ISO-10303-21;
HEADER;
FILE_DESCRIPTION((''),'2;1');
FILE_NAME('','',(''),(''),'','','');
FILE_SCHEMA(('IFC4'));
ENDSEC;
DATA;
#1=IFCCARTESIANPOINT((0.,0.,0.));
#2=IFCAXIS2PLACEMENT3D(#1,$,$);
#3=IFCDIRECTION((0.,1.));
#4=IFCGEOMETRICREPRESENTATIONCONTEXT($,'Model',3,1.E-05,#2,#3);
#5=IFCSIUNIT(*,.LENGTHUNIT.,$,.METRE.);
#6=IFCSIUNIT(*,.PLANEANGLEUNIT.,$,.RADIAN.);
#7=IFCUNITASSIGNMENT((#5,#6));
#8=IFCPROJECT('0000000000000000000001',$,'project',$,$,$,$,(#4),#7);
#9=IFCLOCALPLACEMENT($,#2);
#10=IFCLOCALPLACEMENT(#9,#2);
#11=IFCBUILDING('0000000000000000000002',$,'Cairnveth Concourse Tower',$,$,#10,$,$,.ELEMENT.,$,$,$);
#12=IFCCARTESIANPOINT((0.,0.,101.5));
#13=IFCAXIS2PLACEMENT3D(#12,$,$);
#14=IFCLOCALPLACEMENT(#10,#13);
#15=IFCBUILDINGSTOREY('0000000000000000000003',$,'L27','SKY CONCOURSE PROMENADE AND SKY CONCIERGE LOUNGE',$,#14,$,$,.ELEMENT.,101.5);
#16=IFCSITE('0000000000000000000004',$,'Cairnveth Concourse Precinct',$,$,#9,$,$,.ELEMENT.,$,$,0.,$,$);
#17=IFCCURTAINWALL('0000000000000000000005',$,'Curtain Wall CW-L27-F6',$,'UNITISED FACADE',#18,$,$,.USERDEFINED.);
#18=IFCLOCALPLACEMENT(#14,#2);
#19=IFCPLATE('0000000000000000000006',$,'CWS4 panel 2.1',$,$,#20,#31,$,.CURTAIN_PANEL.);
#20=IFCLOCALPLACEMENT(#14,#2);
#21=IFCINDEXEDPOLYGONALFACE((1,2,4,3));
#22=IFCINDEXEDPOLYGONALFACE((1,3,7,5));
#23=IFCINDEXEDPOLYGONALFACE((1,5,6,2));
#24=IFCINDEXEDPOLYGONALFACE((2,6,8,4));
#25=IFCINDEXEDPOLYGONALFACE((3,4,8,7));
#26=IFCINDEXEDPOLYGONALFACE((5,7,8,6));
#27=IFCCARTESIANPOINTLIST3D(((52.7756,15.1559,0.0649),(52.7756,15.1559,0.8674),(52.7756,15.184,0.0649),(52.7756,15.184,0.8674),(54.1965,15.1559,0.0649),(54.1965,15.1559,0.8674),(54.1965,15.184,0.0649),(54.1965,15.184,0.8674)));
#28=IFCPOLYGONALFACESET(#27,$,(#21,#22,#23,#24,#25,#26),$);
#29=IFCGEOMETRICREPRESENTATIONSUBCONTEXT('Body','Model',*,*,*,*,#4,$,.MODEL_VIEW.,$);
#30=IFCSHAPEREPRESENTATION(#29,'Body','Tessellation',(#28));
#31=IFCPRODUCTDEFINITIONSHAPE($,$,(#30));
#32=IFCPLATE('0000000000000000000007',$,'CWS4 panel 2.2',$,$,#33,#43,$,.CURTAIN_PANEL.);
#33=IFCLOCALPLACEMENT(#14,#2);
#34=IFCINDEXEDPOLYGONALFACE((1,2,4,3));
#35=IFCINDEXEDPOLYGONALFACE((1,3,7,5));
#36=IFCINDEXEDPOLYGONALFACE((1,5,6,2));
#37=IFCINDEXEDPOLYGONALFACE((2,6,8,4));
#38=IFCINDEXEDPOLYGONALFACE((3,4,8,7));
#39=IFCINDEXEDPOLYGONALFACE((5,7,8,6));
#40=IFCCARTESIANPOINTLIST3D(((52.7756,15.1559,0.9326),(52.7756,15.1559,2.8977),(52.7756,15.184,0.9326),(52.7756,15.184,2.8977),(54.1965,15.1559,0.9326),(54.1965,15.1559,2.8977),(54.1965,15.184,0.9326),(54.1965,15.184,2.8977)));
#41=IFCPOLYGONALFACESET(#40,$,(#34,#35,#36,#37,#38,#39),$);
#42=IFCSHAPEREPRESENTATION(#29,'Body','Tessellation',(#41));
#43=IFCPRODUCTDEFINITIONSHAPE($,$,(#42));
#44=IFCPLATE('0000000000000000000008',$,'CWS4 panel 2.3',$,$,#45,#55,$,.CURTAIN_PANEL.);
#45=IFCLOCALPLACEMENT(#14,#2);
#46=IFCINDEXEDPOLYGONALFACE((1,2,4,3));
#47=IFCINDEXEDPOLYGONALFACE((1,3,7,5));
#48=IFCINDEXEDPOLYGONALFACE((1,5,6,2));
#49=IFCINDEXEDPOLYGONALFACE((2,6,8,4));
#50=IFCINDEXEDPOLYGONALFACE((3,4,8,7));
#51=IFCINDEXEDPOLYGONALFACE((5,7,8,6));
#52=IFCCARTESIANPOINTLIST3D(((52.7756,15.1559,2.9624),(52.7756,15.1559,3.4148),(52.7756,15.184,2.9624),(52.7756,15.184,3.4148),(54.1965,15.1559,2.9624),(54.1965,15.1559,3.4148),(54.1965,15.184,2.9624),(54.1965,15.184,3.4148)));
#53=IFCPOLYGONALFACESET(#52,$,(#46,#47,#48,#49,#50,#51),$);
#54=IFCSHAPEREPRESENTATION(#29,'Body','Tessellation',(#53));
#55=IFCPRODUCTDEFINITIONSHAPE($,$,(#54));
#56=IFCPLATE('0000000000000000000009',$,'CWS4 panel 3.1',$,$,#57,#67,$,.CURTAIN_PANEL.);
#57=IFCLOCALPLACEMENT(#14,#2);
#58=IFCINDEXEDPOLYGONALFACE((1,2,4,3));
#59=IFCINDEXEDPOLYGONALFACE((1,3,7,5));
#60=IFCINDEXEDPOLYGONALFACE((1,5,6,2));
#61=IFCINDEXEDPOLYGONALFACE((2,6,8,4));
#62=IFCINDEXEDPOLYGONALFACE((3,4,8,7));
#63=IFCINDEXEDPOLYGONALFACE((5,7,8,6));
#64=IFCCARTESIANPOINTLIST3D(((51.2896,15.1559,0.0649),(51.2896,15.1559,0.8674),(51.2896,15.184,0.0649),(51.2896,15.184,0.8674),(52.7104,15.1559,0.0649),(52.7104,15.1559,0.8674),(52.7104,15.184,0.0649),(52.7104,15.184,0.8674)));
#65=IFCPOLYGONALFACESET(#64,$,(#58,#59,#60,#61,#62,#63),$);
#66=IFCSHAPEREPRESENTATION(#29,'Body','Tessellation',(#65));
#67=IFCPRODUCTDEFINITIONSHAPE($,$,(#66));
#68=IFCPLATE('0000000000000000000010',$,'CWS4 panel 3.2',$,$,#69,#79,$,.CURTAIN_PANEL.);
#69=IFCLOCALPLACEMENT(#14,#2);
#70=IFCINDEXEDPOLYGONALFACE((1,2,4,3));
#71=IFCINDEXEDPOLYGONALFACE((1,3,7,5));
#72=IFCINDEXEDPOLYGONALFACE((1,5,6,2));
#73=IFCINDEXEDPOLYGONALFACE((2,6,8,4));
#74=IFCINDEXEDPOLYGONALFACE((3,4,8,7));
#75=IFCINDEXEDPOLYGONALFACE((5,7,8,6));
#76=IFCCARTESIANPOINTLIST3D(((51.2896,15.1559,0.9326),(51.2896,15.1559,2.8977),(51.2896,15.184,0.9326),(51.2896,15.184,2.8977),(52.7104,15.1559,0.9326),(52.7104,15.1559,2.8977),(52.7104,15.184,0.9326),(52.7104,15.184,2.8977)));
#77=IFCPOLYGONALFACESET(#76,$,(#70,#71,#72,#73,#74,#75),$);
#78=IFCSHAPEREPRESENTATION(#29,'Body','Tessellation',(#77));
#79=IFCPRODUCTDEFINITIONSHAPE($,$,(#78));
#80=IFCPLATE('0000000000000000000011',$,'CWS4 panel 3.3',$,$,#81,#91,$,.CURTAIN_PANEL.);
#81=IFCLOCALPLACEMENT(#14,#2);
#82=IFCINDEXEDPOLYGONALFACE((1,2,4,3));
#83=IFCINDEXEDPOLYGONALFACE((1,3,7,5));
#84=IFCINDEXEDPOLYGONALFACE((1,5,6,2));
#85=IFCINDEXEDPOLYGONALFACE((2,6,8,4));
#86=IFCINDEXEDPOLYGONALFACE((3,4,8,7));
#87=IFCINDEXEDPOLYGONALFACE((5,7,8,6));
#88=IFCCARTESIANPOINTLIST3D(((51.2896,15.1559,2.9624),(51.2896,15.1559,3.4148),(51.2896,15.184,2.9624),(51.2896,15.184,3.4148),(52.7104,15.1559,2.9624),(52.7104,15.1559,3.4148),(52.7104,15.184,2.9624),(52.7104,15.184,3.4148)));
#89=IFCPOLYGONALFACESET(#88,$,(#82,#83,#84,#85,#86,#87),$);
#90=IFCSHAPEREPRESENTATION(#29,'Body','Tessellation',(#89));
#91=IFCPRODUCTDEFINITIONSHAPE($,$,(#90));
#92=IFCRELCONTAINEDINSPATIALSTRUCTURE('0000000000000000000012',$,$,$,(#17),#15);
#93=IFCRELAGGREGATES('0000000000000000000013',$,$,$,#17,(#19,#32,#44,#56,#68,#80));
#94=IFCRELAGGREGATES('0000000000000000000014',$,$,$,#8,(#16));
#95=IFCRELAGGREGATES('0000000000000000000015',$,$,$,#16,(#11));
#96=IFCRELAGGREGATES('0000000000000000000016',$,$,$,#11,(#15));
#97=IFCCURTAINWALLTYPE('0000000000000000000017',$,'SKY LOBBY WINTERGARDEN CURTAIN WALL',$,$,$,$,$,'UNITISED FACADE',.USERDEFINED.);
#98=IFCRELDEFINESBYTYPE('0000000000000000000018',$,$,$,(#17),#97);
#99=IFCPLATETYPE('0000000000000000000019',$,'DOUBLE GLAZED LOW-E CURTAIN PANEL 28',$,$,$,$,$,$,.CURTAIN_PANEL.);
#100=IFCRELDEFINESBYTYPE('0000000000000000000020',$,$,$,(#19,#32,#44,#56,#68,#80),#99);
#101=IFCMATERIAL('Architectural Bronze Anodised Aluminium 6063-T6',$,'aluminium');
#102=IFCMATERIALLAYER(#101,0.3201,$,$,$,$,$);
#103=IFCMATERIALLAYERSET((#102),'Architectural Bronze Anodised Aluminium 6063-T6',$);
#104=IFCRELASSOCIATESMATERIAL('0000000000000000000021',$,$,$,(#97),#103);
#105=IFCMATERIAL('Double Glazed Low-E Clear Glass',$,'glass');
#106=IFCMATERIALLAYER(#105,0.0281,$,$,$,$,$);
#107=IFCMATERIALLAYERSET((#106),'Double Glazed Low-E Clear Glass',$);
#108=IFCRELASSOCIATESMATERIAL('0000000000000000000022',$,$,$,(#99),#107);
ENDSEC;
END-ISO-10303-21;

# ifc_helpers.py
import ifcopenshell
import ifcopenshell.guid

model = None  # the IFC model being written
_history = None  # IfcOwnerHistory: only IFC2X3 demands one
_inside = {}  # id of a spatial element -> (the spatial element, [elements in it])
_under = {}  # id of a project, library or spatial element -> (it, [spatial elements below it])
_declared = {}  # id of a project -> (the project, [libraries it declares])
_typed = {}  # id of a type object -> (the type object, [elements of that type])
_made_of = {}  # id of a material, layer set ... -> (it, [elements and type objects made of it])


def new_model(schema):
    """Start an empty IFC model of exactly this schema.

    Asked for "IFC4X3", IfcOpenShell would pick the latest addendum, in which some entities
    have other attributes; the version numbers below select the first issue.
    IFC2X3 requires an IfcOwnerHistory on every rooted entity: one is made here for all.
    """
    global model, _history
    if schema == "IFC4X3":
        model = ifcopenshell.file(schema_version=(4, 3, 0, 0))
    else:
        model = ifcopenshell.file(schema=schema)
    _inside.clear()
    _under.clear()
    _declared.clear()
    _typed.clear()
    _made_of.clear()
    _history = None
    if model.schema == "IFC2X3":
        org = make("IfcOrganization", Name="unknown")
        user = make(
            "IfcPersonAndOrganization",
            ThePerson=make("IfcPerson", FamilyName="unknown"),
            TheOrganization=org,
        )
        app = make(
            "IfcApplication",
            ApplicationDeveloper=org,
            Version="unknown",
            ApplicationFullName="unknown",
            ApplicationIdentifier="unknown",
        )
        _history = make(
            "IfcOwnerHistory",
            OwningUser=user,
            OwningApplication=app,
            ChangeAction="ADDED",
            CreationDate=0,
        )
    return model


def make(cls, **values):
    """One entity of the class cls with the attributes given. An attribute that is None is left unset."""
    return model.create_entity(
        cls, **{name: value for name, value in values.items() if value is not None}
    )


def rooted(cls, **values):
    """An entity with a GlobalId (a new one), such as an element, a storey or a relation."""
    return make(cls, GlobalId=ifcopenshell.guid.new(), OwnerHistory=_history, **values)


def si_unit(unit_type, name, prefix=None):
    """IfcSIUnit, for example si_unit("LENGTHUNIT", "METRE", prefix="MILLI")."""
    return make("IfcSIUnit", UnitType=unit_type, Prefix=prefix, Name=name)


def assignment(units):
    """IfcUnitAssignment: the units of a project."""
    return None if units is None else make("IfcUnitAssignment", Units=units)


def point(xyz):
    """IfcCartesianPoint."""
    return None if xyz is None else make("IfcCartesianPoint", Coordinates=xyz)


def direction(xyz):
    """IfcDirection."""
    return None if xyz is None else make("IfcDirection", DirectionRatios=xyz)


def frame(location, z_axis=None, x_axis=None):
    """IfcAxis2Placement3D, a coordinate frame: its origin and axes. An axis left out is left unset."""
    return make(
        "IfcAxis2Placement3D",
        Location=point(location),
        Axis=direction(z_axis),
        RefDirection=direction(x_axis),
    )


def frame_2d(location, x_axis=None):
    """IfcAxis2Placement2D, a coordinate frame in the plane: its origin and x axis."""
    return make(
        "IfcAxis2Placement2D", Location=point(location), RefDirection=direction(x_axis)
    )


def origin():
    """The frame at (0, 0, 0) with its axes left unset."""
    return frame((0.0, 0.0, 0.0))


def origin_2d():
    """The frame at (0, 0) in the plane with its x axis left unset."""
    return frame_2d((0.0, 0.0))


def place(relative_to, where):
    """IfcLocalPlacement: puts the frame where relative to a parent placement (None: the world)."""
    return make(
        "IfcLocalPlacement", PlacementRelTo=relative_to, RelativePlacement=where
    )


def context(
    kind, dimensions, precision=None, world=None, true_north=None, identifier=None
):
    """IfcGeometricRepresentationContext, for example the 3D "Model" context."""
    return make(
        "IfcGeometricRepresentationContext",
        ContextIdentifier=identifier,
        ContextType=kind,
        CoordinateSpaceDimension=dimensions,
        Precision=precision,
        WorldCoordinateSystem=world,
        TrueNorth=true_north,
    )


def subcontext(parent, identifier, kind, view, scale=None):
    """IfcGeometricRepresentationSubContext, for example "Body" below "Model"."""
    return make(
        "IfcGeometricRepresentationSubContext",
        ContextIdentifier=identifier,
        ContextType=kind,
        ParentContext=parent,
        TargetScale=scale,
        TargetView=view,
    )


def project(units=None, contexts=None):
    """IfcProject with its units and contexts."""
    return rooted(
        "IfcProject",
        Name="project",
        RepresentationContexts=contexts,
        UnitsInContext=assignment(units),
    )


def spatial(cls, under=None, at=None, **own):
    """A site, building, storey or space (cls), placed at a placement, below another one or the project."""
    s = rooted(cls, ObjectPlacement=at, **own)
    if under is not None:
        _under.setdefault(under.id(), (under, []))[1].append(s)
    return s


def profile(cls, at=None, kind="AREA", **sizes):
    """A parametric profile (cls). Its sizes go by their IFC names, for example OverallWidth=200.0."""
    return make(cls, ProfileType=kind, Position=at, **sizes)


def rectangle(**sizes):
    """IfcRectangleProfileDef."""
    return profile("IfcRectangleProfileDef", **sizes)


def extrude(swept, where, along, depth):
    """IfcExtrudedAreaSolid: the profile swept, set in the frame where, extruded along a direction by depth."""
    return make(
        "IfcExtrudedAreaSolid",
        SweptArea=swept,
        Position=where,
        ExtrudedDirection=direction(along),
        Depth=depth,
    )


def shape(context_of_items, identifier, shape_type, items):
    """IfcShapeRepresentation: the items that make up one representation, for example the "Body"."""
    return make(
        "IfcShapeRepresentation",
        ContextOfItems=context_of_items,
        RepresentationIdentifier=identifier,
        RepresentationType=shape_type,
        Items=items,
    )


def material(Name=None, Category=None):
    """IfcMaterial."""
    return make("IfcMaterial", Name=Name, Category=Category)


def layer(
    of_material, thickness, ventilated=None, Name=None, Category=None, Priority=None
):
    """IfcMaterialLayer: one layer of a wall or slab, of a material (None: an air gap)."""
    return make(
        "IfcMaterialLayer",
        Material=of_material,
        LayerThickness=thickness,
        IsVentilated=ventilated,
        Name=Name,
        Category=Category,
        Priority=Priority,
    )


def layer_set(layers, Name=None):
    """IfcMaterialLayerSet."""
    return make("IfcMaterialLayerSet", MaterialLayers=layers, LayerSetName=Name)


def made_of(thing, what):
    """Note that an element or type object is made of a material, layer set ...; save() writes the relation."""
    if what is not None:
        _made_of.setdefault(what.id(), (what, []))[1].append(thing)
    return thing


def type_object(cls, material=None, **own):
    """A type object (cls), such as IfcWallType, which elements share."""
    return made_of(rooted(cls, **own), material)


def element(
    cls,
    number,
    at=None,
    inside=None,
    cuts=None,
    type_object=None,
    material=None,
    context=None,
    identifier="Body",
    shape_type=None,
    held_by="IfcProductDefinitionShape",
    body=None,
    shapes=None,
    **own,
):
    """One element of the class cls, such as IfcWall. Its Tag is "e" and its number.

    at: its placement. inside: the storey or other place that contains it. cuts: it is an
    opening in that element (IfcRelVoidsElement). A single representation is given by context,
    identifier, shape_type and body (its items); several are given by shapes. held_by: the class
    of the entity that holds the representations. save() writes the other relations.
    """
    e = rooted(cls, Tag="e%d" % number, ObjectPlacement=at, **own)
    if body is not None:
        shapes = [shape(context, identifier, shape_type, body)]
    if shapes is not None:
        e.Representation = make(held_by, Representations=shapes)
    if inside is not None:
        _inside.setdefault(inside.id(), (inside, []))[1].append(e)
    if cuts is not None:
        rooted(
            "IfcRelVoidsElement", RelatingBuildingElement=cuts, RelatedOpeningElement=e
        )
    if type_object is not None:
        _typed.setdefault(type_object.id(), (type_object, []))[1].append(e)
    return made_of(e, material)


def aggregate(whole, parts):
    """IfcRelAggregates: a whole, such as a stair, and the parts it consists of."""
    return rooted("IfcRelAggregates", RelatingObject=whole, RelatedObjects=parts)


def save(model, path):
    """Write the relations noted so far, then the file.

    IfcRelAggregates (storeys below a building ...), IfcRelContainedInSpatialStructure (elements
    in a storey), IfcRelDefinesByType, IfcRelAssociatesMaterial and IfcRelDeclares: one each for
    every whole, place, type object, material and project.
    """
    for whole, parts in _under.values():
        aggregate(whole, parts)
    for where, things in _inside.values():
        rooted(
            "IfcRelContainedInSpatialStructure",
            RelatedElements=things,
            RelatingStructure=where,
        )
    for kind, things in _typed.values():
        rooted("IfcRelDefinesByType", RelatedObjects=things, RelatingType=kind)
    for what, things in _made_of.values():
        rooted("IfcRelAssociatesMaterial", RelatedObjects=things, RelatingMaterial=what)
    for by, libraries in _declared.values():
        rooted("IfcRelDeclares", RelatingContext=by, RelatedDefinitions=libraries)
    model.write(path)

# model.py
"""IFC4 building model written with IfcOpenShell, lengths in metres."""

from ifc_helpers import new_model, si_unit, direction, frame, origin, origin_2d, place, context, subcontext, project, spatial, rectangle, extrude, material, layer, layer_set, type_object, element, aggregate, save


model = new_model("IFC4")

# Units and contexts
model_context = context("Model", 3, precision=1e-05, world=origin(), true_north=direction((0.0, 1.0)))
body_context = subcontext(model_context, "Body", "Model", "MODEL_VIEW")
ifc_project = project(units=[si_unit("LENGTHUNIT", "METRE"), si_unit("PLANEANGLEUNIT", "RADIAN")], contexts=[model_context])

# Site, building, storey
site_placement = place(None, origin())
site = spatial("IfcSite", under=ifc_project, at=site_placement, Name="Cairnveth Concourse Precinct", CompositionType="ELEMENT", RefElevation=0.0)
building_placement = place(site_placement, origin())
building = spatial("IfcBuilding", under=site, at=building_placement, Name="Cairnveth Concourse Tower", CompositionType="ELEMENT")
storey_placement = place(building_placement, frame((0.0, 0.0, 101.5)))
storey = spatial("IfcBuildingStorey", under=building, at=storey_placement, Name="L27", Description="SKY CONCOURSE PROMENADE AND SKY CONCIERGE LOUNGE", CompositionType="ELEMENT", Elevation=101.5)

# Curtain wall, plates
ifc_material_1 = material(Name="Architectural Bronze Anodised Aluminium 6063-T6", Category="aluminium")
ifc_layer_1 = layer(ifc_material_1, 0.3201)
ifc_layer_set_1 = layer_set([ifc_layer_1], Name="Architectural Bronze Anodised Aluminium 6063-T6")
curtain_wall_type = type_object("IfcCurtainWallType", Name="SKY LOBBY WINTERGARDEN CURTAIN WALL", ElementType="UNITISED FACADE", PredefinedType="USERDEFINED", material=ifc_layer_set_1)
curtain_wall_placement = place(storey_placement, origin())
curtain_wall = element("IfcCurtainWall", 1, at=curtain_wall_placement, inside=storey, type_object=curtain_wall_type, Name="Curtain Wall CW-L27-F6", ObjectType="UNITISED FACADE", PredefinedType="USERDEFINED")
ifc_material_2 = material(Name="Double Glazed Low-E Clear Glass", Category="glass")
ifc_layer_2 = layer(ifc_material_2, 0.0281)
ifc_layer_set_2 = layer_set([ifc_layer_2], Name="Double Glazed Low-E Clear Glass")
plate_type = type_object("IfcPlateType", Name="DOUBLE GLAZED LOW-E CURTAIN PANEL 28", PredefinedType="CURTAIN_PANEL", material=ifc_layer_set_2)
plate_1_placement = place(storey_placement, frame((53.4861, 15.1699, 0.0649), z_axis=(0.0, 0.0, 1.0), x_axis=(-1.0, 0.0, 0.0)))
plate_1 = element("IfcPlate", 2, at=plate_1_placement, type_object=plate_type, Name="CWS4 panel 2.1", PredefinedType="CURTAIN_PANEL", context=body_context, shape_type="SweptSolid", body=[
    extrude(rectangle(XDim=1.4209, YDim=0.0281, at=origin_2d()), origin(), (0.0, 0.0, 1.0), 0.8025),
])
plate_2_placement = place(storey_placement, frame((53.4861, 15.1699, 0.9326), z_axis=(0.0, 0.0, 1.0), x_axis=(-1.0, 0.0, 0.0)))
plate_2 = element("IfcPlate", 3, at=plate_2_placement, type_object=plate_type, Name="CWS4 panel 2.2", PredefinedType="CURTAIN_PANEL", context=body_context, shape_type="SweptSolid", body=[
    extrude(rectangle(XDim=1.4209, YDim=0.0281, at=origin_2d()), origin(), (0.0, 0.0, 1.0), 1.9651),
])
plate_3_placement = place(storey_placement, frame((53.4861, 15.1699, 2.9624), z_axis=(0.0, 0.0, 1.0), x_axis=(-1.0, 0.0, 0.0)))
plate_3 = element("IfcPlate", 4, at=plate_3_placement, type_object=plate_type, Name="CWS4 panel 2.3", PredefinedType="CURTAIN_PANEL", context=body_context, shape_type="SweptSolid", body=[
    extrude(rectangle(XDim=1.4209, YDim=0.0281, at=origin_2d()), origin(), (0.0, 0.0, 1.0), 0.4524),
])
plate_4_placement = place(storey_placement, frame((52.0, 15.1699, 0.0649), z_axis=(0.0, 0.0, 1.0), x_axis=(-1.0, 0.0, 0.0)))
plate_4 = element("IfcPlate", 5, at=plate_4_placement, type_object=plate_type, Name="CWS4 panel 3.1", PredefinedType="CURTAIN_PANEL", context=body_context, shape_type="SweptSolid", body=[
    extrude(rectangle(XDim=1.4209, YDim=0.0281, at=origin_2d()), origin(), (0.0, 0.0, 1.0), 0.8025),
])
plate_5_placement = place(storey_placement, frame((52.0, 15.1699, 0.9326), z_axis=(0.0, 0.0, 1.0), x_axis=(-1.0, 0.0, 0.0)))
plate_5 = element("IfcPlate", 6, at=plate_5_placement, type_object=plate_type, Name="CWS4 panel 3.2", PredefinedType="CURTAIN_PANEL", context=body_context, shape_type="SweptSolid", body=[
    extrude(rectangle(XDim=1.4209, YDim=0.0281, at=origin_2d()), origin(), (0.0, 0.0, 1.0), 1.9651),
])
plate_6_placement = place(storey_placement, frame((52.0, 15.1699, 2.9624), z_axis=(0.0, 0.0, 1.0), x_axis=(-1.0, 0.0, 0.0)))
plate_6 = element("IfcPlate", 7, at=plate_6_placement, type_object=plate_type, Name="CWS4 panel 3.3", PredefinedType="CURTAIN_PANEL", context=body_context, shape_type="SweptSolid", body=[
    extrude(rectangle(XDim=1.4209, YDim=0.0281, at=origin_2d()), origin(), (0.0, 0.0, 1.0), 0.4524),
])
aggregate(curtain_wall, [plate_1, plate_2, plate_3, plate_4, plate_5, plate_6])

save(model, "model.ifc")
